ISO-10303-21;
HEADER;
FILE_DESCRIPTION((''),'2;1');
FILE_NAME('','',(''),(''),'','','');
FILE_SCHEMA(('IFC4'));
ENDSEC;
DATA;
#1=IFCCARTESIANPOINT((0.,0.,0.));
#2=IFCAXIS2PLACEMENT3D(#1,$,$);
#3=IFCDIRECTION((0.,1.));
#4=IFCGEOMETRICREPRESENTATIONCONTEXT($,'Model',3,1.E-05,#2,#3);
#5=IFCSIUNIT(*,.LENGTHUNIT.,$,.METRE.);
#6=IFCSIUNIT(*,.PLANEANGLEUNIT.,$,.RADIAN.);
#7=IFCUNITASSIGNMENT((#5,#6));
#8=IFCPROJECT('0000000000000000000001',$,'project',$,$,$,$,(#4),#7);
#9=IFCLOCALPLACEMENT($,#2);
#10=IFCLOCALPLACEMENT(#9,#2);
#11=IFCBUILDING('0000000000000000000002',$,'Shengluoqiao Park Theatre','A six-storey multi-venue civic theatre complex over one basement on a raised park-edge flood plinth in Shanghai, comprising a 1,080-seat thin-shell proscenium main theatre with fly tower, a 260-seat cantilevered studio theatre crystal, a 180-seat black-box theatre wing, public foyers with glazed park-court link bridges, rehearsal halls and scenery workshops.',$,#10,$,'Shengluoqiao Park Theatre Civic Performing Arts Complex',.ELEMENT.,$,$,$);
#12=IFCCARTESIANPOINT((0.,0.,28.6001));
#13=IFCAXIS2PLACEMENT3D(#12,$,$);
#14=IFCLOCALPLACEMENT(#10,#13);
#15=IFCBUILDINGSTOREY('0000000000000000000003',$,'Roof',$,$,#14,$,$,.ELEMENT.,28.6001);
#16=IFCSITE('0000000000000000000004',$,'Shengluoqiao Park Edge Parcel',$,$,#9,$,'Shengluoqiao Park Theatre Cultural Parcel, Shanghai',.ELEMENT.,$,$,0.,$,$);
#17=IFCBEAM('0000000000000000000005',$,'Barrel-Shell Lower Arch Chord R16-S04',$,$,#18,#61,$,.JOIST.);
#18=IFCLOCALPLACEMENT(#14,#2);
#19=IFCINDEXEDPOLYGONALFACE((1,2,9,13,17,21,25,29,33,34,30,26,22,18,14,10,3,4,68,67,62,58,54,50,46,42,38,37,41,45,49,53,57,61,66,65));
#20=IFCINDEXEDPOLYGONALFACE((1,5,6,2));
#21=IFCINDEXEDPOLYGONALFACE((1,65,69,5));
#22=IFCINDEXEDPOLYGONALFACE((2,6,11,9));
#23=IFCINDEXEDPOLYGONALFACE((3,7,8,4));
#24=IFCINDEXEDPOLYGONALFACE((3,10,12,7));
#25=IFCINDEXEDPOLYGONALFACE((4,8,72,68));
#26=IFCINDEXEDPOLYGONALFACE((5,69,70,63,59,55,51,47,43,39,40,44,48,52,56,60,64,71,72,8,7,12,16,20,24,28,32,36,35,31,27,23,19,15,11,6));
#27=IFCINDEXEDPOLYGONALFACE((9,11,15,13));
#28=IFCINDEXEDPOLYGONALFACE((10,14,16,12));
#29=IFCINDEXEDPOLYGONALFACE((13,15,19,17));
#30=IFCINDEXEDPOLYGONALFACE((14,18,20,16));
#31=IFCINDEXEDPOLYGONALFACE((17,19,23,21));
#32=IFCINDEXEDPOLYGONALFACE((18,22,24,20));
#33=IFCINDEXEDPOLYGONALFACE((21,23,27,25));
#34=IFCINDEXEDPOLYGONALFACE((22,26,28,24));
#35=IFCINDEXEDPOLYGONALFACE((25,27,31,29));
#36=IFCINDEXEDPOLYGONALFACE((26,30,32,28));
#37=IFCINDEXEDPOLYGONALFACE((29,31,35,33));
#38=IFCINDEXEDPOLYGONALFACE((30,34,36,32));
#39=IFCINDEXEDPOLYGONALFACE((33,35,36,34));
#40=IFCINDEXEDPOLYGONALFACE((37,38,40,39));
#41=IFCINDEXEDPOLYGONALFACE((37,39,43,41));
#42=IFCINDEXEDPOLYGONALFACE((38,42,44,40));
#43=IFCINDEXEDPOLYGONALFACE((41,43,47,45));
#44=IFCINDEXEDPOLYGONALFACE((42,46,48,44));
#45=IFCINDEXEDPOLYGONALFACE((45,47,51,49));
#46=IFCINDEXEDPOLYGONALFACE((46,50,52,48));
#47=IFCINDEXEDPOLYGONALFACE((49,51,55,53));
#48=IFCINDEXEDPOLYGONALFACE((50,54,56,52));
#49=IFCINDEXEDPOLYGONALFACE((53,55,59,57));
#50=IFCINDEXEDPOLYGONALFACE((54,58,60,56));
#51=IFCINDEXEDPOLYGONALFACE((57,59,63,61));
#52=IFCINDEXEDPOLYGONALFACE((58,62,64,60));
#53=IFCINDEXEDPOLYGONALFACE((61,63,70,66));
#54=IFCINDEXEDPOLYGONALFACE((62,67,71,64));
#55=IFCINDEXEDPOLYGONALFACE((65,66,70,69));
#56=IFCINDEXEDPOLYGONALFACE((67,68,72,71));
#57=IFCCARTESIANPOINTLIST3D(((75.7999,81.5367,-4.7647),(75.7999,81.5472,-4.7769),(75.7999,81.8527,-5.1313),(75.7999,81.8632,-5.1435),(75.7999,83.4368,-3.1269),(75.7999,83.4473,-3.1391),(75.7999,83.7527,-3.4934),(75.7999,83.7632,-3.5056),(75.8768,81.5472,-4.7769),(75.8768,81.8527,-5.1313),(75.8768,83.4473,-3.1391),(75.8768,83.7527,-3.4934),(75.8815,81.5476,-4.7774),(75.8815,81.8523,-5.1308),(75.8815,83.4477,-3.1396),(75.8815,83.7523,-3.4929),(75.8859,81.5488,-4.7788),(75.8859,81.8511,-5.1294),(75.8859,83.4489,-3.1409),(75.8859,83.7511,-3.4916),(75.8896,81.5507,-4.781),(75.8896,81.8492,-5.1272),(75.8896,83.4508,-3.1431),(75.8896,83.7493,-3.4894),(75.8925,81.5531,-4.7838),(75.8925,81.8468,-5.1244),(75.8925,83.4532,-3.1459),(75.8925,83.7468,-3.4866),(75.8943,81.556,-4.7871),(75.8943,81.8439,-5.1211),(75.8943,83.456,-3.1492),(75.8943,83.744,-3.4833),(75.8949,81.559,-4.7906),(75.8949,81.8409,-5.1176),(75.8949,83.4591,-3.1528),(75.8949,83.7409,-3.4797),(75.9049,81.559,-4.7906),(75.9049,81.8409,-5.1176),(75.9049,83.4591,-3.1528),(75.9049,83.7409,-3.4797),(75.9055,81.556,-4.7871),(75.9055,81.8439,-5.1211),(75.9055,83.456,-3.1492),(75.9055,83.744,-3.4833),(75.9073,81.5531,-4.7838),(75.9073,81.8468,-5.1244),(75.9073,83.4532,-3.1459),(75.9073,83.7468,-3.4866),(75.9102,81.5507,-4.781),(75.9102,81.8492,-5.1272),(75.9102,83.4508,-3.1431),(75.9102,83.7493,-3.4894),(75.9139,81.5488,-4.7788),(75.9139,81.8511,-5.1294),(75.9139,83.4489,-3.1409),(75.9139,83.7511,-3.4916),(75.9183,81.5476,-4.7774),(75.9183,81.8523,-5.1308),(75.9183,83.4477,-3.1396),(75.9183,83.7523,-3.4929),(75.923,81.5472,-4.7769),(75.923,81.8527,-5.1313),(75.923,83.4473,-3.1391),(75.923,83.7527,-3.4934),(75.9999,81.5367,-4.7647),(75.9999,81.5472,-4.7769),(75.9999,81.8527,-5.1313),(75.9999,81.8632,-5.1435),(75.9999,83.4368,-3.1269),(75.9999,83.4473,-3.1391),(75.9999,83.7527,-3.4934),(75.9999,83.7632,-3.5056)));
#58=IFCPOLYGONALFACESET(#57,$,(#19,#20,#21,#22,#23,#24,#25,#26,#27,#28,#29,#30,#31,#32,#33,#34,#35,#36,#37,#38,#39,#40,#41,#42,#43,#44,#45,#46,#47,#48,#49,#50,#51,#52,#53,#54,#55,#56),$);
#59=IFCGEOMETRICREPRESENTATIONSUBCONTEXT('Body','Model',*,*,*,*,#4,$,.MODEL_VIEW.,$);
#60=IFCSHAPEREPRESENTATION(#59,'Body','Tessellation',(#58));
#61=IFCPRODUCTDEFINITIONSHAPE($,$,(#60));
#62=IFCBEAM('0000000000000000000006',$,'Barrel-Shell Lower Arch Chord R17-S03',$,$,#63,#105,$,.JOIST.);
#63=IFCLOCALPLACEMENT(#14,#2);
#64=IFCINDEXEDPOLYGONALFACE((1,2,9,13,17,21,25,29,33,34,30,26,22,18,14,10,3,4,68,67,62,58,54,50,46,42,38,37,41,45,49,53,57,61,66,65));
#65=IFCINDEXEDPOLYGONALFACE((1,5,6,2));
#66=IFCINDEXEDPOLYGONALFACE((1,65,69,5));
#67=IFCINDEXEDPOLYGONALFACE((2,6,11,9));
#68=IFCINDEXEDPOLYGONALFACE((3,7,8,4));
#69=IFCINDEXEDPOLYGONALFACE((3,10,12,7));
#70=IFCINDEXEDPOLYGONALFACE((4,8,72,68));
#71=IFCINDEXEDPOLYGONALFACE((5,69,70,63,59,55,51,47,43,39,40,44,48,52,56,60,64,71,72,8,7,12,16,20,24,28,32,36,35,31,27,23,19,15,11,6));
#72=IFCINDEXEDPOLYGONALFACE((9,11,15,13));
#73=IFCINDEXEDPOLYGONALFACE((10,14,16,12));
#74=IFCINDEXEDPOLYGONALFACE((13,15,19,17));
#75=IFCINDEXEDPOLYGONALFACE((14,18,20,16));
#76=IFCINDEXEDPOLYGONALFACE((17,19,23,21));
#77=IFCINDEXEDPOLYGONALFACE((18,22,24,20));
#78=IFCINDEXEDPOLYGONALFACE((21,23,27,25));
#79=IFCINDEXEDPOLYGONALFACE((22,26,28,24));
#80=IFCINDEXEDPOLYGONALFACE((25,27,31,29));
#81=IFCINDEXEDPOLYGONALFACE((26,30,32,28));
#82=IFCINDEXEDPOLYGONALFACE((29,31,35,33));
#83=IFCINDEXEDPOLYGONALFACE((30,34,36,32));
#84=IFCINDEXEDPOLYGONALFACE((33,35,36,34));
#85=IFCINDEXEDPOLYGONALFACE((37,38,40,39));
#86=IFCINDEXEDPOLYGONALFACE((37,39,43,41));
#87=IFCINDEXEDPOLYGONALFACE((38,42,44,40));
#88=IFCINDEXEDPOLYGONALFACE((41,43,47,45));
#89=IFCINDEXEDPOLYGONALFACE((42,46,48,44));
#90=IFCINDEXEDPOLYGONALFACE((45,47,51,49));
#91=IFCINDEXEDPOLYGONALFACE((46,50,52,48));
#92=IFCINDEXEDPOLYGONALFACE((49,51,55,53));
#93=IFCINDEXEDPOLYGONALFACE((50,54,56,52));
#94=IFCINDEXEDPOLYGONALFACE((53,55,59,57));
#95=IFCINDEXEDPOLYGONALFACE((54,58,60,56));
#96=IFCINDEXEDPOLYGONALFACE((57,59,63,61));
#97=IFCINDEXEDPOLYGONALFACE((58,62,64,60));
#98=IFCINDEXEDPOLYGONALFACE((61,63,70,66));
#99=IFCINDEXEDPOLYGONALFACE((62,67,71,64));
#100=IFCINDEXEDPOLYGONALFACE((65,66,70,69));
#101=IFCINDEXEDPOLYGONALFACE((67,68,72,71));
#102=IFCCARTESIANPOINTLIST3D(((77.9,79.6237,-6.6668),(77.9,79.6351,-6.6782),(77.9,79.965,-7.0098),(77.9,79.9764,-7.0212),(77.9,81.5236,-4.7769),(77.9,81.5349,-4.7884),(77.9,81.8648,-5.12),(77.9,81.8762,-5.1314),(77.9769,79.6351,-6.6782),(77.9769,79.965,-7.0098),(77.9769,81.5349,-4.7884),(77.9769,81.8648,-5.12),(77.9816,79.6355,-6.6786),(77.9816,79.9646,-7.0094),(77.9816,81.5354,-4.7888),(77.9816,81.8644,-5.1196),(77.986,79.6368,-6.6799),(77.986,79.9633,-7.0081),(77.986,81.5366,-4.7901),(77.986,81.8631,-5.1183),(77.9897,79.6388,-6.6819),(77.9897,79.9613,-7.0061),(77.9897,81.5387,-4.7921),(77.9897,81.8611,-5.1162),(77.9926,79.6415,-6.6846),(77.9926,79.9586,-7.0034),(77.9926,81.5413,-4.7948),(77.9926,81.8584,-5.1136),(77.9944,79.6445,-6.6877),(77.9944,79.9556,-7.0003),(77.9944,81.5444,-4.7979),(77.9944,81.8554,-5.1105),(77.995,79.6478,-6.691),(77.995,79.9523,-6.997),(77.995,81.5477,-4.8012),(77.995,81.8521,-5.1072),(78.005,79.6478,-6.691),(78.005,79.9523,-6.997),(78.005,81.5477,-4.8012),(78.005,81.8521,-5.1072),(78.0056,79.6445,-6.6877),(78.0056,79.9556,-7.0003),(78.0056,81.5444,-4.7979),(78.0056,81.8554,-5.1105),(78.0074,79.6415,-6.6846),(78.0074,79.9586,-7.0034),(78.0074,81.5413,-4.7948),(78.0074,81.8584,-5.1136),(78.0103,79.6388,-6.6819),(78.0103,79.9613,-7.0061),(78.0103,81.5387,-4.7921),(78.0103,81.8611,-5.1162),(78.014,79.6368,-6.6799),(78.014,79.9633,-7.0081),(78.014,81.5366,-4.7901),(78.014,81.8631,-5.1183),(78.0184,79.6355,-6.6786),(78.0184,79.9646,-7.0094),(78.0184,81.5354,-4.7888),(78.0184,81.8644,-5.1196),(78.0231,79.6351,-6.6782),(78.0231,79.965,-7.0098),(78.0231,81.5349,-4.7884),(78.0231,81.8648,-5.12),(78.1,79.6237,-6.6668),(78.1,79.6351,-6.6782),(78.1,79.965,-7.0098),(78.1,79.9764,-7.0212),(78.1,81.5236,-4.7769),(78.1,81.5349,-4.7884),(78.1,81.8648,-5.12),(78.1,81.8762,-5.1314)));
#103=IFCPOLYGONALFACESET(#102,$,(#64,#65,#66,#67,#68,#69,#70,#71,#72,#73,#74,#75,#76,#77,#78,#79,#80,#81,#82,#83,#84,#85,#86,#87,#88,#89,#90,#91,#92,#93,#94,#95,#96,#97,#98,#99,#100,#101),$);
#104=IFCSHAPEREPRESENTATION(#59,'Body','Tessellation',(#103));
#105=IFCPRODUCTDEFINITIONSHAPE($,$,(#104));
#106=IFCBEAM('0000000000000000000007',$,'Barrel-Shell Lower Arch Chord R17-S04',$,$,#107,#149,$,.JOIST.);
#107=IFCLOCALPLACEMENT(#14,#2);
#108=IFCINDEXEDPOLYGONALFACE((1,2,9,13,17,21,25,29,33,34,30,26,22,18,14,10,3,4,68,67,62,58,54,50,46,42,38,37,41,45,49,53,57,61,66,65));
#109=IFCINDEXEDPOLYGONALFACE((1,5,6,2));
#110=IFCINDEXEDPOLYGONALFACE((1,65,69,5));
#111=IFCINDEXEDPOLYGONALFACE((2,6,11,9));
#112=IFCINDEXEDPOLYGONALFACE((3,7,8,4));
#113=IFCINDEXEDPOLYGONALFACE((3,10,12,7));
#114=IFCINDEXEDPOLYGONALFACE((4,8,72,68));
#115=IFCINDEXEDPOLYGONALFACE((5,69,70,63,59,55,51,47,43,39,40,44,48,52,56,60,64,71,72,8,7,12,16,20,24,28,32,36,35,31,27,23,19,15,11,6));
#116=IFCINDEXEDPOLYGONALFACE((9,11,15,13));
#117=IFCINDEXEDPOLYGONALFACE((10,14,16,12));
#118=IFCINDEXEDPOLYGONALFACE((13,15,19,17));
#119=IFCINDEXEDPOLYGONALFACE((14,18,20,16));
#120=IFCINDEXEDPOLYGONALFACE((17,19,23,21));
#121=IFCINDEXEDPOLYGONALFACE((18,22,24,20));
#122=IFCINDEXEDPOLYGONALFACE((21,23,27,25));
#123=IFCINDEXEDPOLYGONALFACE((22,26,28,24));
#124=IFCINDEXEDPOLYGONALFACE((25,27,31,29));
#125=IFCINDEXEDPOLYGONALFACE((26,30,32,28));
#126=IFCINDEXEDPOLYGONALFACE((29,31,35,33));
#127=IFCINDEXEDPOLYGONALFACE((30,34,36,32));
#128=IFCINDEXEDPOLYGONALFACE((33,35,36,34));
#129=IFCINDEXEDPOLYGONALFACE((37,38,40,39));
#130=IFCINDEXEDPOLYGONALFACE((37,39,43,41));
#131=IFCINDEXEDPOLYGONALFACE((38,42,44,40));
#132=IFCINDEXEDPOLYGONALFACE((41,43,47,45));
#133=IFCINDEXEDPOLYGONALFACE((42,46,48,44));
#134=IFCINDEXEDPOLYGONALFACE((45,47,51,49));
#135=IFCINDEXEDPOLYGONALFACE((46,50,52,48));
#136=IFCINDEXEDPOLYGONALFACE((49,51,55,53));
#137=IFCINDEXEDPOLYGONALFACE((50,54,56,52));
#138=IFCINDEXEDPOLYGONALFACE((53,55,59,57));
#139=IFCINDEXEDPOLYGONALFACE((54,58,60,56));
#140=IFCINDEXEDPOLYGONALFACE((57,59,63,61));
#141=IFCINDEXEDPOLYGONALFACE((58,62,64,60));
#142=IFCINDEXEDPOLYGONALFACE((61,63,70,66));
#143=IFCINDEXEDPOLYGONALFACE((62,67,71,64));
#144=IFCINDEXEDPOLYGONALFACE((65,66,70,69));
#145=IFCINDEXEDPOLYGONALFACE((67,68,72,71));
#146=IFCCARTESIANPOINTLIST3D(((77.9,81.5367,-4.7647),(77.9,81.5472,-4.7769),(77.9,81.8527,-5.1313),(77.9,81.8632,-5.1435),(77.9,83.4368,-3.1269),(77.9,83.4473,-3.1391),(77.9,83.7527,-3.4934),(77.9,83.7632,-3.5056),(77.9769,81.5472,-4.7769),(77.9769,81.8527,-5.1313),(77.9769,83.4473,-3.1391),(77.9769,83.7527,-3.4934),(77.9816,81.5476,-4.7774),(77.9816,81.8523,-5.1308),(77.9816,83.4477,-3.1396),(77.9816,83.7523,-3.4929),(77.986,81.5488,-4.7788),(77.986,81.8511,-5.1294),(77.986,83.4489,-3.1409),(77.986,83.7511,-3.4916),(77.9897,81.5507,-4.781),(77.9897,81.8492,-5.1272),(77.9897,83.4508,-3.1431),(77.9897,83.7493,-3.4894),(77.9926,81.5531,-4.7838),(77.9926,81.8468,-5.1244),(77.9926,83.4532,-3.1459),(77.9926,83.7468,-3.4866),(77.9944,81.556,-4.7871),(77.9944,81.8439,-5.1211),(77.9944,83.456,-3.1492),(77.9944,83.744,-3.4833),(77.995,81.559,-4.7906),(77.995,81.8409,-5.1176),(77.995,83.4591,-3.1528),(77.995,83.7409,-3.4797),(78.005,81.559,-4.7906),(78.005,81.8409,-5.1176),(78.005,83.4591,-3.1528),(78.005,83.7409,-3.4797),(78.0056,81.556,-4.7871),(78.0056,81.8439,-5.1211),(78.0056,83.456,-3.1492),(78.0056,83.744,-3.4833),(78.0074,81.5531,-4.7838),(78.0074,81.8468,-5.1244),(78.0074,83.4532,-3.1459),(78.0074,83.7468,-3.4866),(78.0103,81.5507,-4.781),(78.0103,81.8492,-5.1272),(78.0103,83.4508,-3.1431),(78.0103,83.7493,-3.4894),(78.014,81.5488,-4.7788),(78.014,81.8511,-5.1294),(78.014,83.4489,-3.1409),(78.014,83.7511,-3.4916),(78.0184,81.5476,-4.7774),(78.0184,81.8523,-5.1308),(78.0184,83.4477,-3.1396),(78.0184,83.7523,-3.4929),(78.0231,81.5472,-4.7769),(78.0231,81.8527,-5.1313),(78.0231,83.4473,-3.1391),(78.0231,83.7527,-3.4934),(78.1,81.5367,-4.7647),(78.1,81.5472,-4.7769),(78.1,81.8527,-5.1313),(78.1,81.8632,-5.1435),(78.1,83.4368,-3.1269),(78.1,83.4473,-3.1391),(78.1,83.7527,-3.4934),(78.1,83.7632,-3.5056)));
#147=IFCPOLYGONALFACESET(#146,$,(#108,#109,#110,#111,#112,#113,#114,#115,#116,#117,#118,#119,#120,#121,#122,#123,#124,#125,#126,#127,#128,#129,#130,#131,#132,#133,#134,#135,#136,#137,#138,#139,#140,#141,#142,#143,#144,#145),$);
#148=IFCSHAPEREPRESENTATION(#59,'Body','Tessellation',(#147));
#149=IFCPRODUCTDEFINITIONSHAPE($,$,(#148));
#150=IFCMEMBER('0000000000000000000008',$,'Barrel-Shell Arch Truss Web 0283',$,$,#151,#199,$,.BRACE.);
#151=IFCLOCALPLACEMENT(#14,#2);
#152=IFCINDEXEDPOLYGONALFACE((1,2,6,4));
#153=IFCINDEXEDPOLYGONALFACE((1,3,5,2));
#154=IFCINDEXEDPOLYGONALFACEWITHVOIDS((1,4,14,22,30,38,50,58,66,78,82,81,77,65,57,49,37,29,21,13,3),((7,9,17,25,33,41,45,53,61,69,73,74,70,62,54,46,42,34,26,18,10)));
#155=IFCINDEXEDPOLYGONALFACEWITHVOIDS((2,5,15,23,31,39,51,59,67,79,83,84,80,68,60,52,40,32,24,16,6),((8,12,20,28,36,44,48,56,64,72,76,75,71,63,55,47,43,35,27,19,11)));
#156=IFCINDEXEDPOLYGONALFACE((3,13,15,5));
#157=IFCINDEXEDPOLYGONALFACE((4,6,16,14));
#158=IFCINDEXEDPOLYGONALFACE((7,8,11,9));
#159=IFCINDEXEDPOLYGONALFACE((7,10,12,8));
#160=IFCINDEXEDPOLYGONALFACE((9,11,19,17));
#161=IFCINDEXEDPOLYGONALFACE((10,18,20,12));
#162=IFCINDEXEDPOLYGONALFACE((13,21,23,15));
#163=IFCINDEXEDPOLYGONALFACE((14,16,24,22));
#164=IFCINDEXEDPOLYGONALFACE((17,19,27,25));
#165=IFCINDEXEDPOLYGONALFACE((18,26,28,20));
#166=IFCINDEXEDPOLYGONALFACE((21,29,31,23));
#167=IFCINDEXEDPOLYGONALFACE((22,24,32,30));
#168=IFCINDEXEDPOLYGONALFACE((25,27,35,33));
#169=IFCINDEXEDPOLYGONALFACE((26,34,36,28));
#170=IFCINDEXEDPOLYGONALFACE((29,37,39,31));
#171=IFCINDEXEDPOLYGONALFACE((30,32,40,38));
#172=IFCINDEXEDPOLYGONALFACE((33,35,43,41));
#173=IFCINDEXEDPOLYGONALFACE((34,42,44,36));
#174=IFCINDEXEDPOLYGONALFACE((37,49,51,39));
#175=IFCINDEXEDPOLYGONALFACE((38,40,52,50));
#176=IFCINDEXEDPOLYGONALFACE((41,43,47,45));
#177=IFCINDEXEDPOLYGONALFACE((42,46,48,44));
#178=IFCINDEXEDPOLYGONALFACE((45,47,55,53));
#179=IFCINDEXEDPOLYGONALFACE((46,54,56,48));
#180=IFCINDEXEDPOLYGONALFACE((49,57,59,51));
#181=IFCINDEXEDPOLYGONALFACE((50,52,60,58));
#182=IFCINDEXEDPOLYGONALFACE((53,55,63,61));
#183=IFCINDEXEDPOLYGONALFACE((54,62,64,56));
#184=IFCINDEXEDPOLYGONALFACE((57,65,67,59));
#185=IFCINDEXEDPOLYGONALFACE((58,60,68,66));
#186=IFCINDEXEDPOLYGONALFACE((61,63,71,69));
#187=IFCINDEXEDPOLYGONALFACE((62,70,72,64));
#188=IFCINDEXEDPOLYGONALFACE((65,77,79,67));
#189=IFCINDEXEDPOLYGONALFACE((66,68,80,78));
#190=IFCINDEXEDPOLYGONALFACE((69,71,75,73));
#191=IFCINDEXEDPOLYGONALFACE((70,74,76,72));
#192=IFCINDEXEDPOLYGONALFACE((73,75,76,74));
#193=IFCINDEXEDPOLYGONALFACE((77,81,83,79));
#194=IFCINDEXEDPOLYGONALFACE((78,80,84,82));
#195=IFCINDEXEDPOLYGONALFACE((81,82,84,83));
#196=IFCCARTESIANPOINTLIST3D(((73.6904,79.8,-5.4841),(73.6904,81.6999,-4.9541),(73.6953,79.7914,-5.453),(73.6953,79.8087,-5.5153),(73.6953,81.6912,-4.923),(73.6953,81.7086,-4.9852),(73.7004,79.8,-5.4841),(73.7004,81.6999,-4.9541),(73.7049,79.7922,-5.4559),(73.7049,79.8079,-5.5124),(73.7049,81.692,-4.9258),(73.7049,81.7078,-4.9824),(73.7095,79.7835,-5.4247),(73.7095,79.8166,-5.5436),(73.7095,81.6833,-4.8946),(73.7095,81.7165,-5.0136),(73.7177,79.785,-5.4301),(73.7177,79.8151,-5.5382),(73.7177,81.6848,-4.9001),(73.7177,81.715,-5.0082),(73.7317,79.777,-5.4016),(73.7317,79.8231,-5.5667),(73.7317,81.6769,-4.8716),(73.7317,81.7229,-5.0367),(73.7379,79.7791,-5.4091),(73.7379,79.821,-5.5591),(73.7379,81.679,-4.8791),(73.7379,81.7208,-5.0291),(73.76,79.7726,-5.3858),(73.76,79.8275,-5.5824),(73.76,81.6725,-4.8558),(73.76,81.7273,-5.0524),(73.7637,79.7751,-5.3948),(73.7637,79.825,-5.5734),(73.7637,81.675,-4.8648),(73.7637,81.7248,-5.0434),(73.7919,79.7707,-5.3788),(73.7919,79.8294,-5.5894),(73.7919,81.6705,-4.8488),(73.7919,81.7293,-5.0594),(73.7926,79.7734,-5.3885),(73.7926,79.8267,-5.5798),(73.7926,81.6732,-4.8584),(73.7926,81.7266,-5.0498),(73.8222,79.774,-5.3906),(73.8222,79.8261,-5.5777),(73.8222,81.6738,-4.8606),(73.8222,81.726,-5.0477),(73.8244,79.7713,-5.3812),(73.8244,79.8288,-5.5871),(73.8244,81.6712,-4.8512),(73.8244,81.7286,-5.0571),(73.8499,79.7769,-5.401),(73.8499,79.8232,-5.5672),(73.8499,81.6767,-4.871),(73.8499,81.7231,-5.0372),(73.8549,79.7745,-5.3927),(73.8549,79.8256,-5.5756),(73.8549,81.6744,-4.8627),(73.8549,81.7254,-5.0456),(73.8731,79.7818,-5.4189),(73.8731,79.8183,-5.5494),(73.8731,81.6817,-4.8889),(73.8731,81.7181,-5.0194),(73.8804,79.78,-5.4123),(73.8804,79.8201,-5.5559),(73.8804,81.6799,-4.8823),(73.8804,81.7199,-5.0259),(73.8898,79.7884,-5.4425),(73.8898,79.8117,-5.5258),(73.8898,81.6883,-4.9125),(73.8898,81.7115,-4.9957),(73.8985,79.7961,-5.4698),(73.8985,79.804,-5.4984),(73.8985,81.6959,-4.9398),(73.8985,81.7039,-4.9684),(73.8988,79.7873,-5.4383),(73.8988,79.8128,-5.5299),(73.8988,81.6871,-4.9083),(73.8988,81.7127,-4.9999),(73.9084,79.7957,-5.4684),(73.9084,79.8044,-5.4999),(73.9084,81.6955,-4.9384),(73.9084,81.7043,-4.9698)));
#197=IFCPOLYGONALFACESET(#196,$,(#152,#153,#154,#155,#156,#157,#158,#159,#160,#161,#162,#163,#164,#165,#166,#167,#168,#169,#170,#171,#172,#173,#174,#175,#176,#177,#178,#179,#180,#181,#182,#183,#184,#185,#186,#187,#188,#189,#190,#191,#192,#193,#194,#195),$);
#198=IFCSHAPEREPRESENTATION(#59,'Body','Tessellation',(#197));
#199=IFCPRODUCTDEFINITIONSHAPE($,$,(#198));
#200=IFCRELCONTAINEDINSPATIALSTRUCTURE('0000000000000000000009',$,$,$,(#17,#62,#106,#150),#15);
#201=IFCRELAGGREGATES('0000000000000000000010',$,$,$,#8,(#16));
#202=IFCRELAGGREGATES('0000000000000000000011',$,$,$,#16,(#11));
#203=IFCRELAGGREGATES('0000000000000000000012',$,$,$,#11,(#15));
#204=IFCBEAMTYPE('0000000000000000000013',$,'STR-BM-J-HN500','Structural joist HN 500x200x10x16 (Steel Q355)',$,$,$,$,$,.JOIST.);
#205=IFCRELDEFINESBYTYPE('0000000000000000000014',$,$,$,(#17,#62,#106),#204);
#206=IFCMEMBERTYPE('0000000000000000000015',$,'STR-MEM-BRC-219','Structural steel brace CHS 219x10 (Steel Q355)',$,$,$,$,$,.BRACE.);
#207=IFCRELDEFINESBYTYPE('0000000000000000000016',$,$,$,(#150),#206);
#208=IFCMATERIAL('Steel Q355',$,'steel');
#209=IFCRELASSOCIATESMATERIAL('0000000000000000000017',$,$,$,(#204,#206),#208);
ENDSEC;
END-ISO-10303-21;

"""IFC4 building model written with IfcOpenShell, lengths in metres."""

from ifc_helpers import new_model, si_unit, direction, frame, origin, origin_2d, place, context, subcontext, project, spatial, hollow_circle, i_section, extrude, material, material_profile, profile_set, type_object, element, save


model = new_model("IFC4")

# Units and contexts
model_context = context("Model", 3, precision=1e-05, world=origin(), true_north=direction((0.0, 1.0)))
body_context = subcontext(model_context, "Body", "Model", "MODEL_VIEW")
ifc_project = project(units=[si_unit("LENGTHUNIT", "METRE"), si_unit("PLANEANGLEUNIT", "RADIAN")], contexts=[model_context])

# Site, building, storey
site_placement = place(None, origin())
site = spatial("IfcSite", under=ifc_project, at=site_placement, Name="Shengluoqiao Park Edge Parcel", LongName="Shengluoqiao Park Theatre Cultural Parcel, Shanghai", CompositionType="ELEMENT", RefElevation=0.0)
building_placement = place(site_placement, origin())
building = spatial("IfcBuilding", under=site, at=building_placement, Name="Shengluoqiao Park Theatre", Description="A six-storey multi-venue civic theatre complex over one basement on a raised park-edge flood plinth in Shanghai, comprising a 1,080-seat thin-shell proscenium main theatre with fly tower, a 260-seat cantilevered studio theatre crystal, a 180-seat black-box theatre wing, public foyers with glazed park-court link bridges, rehearsal halls and scenery workshops.", LongName="Shengluoqiao Park Theatre Civic Performing Arts Complex", CompositionType="ELEMENT")
storey_placement = place(building_placement, frame((0.0, 0.0, 28.6001)))
storey = spatial("IfcBuildingStorey", under=building, at=storey_placement, Name="Roof", CompositionType="ELEMENT", Elevation=28.6001)

# Beams
ifc_material_1 = material(Name="Steel Q355", Category="steel")
ifc_material_profile_1 = material_profile(ifc_material_1, i_section(OverallWidth=0.2, OverallDepth=0.5, WebThickness=0.01, FlangeThickness=0.0161, FilletRadius=0.0181, at=origin_2d()), Name="HN 500x200x10x16")
ifc_profile_set_1 = profile_set([ifc_material_profile_1], Name="Steel Q355")
beam_type_1 = type_object("IfcBeamType", Name="STR-BM-J-HN500", Description="Structural joist HN 500x200x10x16 (Steel Q355)", PredefinedType="JOIST", material=ifc_profile_set_1)
beam_1_placement = place(storey_placement, frame((75.8999, 81.7, -4.9541), z_axis=(0.0, 0.757433, 0.652913), x_axis=(-1.0, 0.0, 0.0)))
element("IfcBeam", 1, at=beam_1_placement, inside=storey, type_object=beam_type_1, Name="Barrel-Shell Lower Arch Chord R16-S04", PredefinedType="JOIST", context=body_context, shape_type="SweptSolid", body=[
    extrude(i_section(OverallWidth=0.2, OverallDepth=0.5, WebThickness=0.01, FlangeThickness=0.0161, FilletRadius=0.0181, at=origin_2d()), origin(), (0.0, 0.0, 1.0), 2.5085),
])
beam_2_placement = place(storey_placement, frame((78.0, 79.8, -6.844), z_axis=(0.0, 0.708972, 0.705237), x_axis=(-1.0, 0.0, 0.0)))
element("IfcBeam", 2, at=beam_2_placement, inside=storey, type_object=beam_type_1, Name="Barrel-Shell Lower Arch Chord R17-S03", PredefinedType="JOIST", context=body_context, shape_type="SweptSolid", body=[
    extrude(i_section(OverallWidth=0.2, OverallDepth=0.5, WebThickness=0.01, FlangeThickness=0.0161, FilletRadius=0.0181, at=origin_2d()), origin(), (0.0, 0.0, 1.0), 2.6797),
])
beam_3_placement = place(storey_placement, frame((78.0, 81.7, -4.9541), z_axis=(0.0, 0.757433, 0.652913), x_axis=(-1.0, 0.0, 0.0)))
element("IfcBeam", 3, at=beam_3_placement, inside=storey, type_object=beam_type_1, Name="Barrel-Shell Lower Arch Chord R17-S04", PredefinedType="JOIST", context=body_context, shape_type="SweptSolid", body=[
    extrude(i_section(OverallWidth=0.2, OverallDepth=0.5, WebThickness=0.01, FlangeThickness=0.0161, FilletRadius=0.0181, at=origin_2d()), origin(), (0.0, 0.0, 1.0), 2.5085),
])

# Member
ifc_material_profile_2 = material_profile(ifc_material_1, hollow_circle(Radius=0.1096, WallThickness=0.01, at=origin_2d()), Name="CHS 219x10")
ifc_profile_set_2 = profile_set([ifc_material_profile_2], Name="Steel Q355")
member_type_1 = type_object("IfcMemberType", Name="STR-MEM-BRC-219", Description="Structural steel brace CHS 219x10 (Steel Q355)", PredefinedType="BRACE", material=ifc_profile_set_2)
member_1_placement = place(storey_placement, frame((73.8, 79.8, -5.4841), z_axis=(0.0, 0.963219, 0.268716), x_axis=(-1.0, 0.0, 0.0)))
element("IfcMember", 4, at=member_1_placement, inside=storey, type_object=member_type_1, Name="Barrel-Shell Arch Truss Web 0283", PredefinedType="BRACE", context=body_context, shape_type="SweptSolid", body=[
    extrude(hollow_circle(Radius=0.1096, WallThickness=0.01, at=origin_2d()), origin(), (0.0, 0.0, 1.0), 1.9724),
])

save(model, "model.ifc")
